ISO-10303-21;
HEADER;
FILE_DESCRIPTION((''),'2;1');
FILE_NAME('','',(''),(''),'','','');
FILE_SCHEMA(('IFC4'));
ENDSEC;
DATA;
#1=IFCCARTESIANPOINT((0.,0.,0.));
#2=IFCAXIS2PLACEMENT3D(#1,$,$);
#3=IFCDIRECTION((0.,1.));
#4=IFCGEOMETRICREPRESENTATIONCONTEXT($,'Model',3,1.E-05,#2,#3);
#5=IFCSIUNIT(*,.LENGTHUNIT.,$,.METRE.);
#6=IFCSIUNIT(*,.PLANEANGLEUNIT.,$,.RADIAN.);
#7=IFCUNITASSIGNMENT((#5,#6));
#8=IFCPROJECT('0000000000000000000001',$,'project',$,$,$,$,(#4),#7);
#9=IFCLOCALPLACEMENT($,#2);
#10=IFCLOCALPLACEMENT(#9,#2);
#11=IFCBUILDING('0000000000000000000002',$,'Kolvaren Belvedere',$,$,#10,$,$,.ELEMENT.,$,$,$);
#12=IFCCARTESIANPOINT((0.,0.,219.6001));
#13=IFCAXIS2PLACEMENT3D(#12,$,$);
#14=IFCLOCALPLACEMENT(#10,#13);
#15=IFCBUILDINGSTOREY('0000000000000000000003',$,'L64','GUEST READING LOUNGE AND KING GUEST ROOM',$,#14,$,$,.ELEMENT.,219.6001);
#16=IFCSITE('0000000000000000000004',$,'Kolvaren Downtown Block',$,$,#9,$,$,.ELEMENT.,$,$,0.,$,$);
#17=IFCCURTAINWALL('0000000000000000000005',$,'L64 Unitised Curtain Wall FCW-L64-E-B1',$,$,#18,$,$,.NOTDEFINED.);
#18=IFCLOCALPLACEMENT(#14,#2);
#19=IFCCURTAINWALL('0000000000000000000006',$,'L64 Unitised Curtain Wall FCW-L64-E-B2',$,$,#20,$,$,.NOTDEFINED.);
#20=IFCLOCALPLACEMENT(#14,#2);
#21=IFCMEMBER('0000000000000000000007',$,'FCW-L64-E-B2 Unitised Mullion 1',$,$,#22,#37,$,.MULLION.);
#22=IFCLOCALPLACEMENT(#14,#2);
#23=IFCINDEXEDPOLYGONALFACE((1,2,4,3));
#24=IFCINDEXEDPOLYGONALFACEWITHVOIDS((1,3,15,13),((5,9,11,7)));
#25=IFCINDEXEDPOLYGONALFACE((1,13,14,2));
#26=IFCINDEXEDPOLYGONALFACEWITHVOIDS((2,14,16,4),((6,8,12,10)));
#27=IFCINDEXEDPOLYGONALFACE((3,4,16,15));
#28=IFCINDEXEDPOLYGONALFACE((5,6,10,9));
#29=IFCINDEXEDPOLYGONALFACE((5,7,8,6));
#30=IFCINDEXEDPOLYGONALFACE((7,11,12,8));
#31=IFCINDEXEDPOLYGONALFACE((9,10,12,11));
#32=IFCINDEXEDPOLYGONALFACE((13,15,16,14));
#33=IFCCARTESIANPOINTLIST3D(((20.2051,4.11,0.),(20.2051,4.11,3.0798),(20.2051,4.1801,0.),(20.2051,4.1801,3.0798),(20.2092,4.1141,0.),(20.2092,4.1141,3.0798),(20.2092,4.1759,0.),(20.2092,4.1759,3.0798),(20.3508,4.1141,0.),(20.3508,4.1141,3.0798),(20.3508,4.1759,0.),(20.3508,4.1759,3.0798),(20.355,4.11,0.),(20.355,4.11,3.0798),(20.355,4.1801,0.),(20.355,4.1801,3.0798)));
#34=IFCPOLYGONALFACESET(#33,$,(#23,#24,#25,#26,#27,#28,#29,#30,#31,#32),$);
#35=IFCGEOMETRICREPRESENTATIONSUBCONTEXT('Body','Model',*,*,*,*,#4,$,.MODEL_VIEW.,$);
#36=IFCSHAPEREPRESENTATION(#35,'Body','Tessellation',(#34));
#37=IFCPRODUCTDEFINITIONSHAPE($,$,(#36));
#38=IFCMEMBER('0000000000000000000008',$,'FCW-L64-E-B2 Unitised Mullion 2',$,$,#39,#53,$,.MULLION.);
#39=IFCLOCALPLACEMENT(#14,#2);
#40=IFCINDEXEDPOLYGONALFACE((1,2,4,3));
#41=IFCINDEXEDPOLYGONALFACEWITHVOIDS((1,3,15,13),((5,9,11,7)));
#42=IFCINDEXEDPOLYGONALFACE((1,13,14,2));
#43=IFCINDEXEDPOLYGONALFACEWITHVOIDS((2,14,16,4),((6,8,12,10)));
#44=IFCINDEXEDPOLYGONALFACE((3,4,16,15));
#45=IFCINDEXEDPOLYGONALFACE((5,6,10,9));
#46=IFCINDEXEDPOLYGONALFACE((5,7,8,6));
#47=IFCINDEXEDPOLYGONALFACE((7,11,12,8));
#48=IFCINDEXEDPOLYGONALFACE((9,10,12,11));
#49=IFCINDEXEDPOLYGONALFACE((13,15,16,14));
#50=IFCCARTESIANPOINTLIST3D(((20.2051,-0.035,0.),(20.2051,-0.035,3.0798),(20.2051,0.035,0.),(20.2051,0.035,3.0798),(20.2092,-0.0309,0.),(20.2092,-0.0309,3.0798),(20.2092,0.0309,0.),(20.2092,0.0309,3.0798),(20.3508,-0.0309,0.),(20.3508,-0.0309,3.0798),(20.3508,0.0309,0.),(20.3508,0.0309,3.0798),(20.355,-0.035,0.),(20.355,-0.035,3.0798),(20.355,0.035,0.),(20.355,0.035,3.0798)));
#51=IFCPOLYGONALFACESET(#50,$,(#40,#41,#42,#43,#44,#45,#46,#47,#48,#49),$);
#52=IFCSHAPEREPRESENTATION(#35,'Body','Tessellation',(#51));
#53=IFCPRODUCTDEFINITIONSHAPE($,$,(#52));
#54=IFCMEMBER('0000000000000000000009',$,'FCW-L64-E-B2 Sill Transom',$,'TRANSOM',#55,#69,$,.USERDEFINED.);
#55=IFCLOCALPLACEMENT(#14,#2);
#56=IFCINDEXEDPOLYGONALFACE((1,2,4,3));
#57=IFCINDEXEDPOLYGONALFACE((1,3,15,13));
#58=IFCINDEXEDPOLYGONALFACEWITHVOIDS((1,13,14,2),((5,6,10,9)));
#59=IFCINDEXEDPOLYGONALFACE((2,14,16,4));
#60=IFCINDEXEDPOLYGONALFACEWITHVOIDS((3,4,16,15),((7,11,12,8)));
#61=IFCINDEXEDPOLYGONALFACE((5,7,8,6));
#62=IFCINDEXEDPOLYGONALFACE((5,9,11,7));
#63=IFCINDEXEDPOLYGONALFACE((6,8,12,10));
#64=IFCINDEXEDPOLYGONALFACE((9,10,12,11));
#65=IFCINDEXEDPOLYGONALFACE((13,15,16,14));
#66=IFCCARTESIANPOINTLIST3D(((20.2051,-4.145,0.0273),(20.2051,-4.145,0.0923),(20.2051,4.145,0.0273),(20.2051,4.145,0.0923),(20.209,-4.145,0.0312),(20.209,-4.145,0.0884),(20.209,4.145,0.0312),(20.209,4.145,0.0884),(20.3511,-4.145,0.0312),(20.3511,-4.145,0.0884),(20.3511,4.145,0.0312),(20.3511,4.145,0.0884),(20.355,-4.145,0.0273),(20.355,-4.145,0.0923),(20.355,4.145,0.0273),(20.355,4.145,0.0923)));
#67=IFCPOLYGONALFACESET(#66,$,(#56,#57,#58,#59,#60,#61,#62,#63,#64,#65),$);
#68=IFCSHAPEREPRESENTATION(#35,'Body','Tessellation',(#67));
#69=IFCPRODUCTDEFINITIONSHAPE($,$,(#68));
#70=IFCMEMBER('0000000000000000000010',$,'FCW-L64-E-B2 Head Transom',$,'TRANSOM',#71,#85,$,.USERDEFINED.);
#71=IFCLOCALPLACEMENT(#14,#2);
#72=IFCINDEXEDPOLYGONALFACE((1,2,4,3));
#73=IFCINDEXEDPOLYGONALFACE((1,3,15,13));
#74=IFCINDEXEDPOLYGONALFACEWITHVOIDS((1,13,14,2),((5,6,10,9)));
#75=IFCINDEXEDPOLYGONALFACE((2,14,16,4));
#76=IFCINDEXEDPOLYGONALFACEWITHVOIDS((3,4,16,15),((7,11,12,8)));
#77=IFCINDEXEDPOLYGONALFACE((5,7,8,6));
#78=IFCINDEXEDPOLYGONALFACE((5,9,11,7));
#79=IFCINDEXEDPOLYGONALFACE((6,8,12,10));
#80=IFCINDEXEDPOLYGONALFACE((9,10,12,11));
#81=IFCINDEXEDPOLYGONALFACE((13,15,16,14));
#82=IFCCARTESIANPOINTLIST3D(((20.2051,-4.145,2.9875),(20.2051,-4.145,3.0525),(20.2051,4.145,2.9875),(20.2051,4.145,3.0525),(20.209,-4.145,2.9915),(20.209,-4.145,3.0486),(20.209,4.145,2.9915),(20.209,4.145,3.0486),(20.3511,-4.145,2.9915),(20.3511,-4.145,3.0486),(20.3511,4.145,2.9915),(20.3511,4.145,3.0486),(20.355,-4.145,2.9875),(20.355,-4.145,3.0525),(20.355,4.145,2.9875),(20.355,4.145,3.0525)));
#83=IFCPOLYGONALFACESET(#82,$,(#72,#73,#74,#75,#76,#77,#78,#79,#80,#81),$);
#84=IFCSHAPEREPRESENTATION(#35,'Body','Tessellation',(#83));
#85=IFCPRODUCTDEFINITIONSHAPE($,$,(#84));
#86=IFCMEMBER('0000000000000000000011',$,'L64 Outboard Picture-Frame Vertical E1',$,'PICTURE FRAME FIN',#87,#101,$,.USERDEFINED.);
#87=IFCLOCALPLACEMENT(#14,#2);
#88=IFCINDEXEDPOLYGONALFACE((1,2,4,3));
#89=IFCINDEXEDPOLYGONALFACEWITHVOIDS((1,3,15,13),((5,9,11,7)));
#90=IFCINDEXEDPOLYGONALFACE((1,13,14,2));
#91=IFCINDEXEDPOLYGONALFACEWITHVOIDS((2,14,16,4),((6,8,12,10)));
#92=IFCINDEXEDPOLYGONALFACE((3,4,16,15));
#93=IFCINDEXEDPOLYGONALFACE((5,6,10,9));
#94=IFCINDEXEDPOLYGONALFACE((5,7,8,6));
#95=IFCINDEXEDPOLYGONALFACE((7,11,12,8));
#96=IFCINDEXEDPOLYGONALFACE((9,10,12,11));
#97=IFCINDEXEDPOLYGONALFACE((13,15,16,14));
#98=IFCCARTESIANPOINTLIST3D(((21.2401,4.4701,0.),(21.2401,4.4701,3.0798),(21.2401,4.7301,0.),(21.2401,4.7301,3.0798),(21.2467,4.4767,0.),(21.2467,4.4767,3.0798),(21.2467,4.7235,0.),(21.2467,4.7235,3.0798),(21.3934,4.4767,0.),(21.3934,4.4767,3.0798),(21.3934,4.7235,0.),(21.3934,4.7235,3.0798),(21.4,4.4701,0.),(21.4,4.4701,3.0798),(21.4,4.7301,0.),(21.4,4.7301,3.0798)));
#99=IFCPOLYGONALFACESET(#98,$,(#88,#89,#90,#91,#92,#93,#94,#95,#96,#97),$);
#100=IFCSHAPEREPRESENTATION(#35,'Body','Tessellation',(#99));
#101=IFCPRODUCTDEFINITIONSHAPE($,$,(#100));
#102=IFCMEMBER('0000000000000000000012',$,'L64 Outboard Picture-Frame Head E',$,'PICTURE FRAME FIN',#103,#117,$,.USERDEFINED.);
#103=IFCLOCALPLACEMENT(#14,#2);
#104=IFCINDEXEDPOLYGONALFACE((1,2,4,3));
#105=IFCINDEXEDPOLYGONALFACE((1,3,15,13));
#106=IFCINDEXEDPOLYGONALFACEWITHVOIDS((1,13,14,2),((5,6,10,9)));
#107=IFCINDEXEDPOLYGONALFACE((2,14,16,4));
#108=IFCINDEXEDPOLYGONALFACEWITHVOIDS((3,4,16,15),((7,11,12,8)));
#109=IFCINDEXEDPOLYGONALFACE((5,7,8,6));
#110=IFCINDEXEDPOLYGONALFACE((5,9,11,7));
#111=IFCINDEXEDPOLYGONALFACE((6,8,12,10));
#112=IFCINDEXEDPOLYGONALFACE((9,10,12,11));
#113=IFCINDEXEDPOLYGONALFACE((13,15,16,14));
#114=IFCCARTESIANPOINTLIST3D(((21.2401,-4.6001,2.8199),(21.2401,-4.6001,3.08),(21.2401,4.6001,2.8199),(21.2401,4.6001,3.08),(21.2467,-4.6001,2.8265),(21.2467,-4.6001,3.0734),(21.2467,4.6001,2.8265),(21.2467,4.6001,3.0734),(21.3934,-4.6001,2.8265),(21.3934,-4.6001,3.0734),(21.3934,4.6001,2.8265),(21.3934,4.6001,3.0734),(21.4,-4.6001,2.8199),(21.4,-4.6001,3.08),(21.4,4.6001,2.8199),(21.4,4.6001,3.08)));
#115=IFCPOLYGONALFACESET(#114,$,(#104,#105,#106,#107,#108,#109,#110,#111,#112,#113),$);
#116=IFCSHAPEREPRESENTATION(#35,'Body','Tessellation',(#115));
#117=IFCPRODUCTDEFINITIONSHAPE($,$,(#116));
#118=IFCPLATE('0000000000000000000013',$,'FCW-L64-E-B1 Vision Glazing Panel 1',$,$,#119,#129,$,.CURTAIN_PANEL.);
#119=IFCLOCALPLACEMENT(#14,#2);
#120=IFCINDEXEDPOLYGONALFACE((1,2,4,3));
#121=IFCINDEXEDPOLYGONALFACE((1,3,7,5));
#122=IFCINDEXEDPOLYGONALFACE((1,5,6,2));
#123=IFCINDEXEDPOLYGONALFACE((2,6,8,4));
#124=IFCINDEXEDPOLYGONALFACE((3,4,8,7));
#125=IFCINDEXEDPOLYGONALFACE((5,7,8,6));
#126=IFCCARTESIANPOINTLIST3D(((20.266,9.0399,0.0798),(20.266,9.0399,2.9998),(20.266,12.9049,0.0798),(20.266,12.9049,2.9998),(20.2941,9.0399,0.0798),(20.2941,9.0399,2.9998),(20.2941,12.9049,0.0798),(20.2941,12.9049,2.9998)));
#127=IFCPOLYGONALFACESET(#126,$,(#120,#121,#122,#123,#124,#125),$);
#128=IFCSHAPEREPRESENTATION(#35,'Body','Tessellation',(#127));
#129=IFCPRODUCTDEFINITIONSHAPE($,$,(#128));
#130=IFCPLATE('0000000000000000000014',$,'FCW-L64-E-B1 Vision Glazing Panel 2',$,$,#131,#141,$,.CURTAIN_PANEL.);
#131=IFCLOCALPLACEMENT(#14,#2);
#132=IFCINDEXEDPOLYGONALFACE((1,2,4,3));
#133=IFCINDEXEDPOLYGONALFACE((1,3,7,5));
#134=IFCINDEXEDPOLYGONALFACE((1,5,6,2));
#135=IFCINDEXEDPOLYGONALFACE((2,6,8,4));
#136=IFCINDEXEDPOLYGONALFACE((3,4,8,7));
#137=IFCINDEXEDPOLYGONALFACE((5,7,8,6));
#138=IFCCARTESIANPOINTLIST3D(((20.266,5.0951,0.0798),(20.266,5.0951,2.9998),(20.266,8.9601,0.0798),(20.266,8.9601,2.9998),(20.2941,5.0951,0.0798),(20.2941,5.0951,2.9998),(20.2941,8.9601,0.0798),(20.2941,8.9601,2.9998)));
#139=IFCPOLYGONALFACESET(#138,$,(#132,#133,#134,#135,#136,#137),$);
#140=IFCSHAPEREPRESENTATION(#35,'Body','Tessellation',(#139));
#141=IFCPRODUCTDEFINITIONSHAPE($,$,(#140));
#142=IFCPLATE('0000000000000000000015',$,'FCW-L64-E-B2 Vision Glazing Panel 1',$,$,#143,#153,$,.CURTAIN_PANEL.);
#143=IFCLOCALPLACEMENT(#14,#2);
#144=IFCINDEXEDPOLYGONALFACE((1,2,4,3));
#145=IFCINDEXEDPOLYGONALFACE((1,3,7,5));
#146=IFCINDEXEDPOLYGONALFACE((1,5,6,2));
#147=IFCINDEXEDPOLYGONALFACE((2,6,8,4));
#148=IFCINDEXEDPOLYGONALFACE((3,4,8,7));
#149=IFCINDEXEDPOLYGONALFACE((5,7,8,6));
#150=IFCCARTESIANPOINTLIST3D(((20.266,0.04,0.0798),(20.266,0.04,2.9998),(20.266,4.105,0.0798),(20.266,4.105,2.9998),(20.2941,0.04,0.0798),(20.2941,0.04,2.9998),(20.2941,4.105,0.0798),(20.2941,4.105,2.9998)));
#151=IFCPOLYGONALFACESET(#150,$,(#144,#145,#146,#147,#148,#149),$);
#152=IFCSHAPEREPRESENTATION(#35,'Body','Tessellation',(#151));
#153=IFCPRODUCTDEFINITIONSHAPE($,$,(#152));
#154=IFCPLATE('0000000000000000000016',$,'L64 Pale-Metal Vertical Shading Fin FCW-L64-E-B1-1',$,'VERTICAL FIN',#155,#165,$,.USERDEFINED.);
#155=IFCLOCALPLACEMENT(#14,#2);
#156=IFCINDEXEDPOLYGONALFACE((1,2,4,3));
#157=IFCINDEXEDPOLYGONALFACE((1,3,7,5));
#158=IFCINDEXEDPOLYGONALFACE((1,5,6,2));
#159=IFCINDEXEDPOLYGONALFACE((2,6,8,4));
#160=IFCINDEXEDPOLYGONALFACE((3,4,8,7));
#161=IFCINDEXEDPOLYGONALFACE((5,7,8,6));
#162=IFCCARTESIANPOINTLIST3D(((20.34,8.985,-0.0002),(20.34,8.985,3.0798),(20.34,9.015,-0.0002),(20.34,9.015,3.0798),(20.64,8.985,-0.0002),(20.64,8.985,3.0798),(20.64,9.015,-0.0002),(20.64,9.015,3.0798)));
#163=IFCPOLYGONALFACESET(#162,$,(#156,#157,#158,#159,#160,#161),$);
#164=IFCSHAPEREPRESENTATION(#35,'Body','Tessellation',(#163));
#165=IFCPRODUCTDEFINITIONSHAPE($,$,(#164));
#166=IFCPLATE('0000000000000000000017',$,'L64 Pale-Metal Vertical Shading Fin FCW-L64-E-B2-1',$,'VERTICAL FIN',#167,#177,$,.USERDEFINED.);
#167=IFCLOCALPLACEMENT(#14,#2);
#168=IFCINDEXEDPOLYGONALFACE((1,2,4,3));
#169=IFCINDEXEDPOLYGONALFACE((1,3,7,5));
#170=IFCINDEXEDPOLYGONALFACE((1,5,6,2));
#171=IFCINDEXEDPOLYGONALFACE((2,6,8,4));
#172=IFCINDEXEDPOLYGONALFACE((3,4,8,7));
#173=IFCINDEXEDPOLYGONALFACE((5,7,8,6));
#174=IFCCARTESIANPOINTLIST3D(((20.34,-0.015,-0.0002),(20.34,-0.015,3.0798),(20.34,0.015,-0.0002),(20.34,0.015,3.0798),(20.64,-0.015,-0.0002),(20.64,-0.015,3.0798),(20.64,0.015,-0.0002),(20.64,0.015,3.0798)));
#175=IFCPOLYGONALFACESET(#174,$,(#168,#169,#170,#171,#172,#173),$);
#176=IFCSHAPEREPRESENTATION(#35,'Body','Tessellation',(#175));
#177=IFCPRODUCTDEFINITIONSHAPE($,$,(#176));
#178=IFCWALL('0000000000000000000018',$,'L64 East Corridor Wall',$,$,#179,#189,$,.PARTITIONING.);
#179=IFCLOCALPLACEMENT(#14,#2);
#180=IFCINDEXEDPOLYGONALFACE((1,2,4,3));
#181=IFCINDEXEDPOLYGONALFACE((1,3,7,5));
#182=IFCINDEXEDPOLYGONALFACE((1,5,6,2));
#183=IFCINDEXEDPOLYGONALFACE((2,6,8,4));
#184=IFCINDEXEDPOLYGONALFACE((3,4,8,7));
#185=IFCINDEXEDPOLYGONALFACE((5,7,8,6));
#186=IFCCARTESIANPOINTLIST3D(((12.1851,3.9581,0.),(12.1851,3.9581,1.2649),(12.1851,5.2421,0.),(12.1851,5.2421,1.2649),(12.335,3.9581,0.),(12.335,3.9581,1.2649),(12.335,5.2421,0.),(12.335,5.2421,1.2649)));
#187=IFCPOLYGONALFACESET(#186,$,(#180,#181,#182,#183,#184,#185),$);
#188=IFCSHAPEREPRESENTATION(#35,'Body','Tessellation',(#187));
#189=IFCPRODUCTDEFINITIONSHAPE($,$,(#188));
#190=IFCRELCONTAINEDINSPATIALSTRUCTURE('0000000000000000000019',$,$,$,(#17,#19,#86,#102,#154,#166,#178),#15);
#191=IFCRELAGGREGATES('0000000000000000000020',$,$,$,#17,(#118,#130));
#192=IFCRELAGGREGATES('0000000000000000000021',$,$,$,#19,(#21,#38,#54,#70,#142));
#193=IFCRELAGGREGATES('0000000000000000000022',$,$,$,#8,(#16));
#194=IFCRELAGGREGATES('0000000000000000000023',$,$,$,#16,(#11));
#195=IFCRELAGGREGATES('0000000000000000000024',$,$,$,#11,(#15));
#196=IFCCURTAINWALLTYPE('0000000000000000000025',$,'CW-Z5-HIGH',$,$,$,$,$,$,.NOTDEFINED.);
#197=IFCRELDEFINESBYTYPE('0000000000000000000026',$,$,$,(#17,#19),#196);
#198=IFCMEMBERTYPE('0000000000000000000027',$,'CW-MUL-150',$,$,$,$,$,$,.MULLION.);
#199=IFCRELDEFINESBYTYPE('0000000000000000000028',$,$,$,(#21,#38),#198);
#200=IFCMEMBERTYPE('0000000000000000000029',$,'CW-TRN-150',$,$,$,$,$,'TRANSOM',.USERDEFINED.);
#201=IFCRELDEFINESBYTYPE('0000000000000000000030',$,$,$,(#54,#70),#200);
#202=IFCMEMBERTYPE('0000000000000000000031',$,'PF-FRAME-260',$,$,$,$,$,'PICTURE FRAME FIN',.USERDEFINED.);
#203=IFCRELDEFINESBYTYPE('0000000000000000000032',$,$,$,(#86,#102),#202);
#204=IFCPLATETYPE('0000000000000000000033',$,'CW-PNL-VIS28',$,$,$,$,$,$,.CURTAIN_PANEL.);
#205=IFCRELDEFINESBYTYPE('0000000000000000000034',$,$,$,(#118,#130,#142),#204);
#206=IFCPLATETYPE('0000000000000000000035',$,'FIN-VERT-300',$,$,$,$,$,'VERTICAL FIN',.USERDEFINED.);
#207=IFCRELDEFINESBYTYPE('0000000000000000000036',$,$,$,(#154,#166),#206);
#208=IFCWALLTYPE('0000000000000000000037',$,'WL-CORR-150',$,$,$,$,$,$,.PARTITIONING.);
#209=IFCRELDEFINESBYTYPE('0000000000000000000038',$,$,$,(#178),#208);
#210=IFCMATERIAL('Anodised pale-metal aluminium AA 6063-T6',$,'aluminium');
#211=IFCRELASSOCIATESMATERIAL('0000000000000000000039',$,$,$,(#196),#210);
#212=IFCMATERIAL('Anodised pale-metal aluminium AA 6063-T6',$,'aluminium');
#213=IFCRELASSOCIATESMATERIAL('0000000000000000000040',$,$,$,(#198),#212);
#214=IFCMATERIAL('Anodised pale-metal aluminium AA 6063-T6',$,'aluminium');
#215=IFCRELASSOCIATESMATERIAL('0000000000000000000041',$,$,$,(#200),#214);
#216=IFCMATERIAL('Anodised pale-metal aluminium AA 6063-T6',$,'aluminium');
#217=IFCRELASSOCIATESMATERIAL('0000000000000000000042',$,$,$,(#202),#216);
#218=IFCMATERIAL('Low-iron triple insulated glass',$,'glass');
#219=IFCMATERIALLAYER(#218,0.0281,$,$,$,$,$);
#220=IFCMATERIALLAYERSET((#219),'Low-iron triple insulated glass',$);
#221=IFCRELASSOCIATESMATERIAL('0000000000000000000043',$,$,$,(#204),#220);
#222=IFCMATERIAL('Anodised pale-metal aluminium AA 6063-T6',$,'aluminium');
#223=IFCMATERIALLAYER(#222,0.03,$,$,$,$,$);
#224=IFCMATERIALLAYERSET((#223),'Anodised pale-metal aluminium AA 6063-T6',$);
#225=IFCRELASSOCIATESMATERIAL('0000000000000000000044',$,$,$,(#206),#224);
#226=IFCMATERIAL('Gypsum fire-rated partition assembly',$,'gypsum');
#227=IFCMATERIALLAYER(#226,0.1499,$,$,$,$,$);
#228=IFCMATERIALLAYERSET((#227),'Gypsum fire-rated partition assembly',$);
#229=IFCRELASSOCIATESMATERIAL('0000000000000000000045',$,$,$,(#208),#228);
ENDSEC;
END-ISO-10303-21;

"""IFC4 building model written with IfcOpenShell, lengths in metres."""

from ifc_helpers import new_model, si_unit, direction, frame, frame_2d, origin, origin_2d, place, context, subcontext, project, spatial, rectangle, hollow_rectangle, extrude, material, layer, layer_set, material_profile, profile_set, type_object, element, aggregate, save


model = new_model("IFC4")

# Units and contexts
model_context = context("Model", 3, precision=1e-05, world=origin(), true_north=direction((0.0, 1.0)))
body_context = subcontext(model_context, "Body", "Model", "MODEL_VIEW")
ifc_project = project(units=[si_unit("LENGTHUNIT", "METRE"), si_unit("PLANEANGLEUNIT", "RADIAN")], contexts=[model_context])

# Site, building, storey
site_placement = place(None, origin())
site = spatial("IfcSite", under=ifc_project, at=site_placement, Name="Kolvaren Downtown Block", CompositionType="ELEMENT", RefElevation=0.0)
building_placement = place(site_placement, origin())
building = spatial("IfcBuilding", under=site, at=building_placement, Name="Kolvaren Belvedere", CompositionType="ELEMENT")
storey_placement = place(building_placement, frame((0.0, 0.0, 219.6001)))
storey = spatial("IfcBuildingStorey", under=building, at=storey_placement, Name="L64", Description="GUEST READING LOUNGE AND KING GUEST ROOM", CompositionType="ELEMENT", Elevation=219.6001)

# Curtain walls, members
ifc_material_1 = material(Name="Anodised pale-metal aluminium AA 6063-T6", Category="aluminium")
curtain_wall_type = type_object("IfcCurtainWallType", Name="CW-Z5-HIGH", PredefinedType="NOTDEFINED", material=ifc_material_1)
curtain_wall_1_placement = place(storey_placement, origin())
curtain_wall_1 = element("IfcCurtainWall", 1, at=curtain_wall_1_placement, inside=storey, type_object=curtain_wall_type, Name="L64 Unitised Curtain Wall FCW-L64-E-B1", PredefinedType="NOTDEFINED")
ifc_material_2 = material(Name="Anodised pale-metal aluminium AA 6063-T6", Category="aluminium")
ifc_material_profile_1 = material_profile(ifc_material_2, hollow_rectangle(XDim=0.0701, YDim=0.1499, WallThickness=0.0042, at=origin_2d()), Name="ALU-MUL-150X70")
ifc_profile_set_1 = profile_set([ifc_material_profile_1], Name="Anodised pale-metal aluminium AA 6063-T6")
member_type_1 = type_object("IfcMemberType", Name="CW-MUL-150", PredefinedType="MULLION", material=ifc_profile_set_1)
curtain_wall_2_placement = place(storey_placement, origin())
curtain_wall_2 = element("IfcCurtainWall", 2, at=curtain_wall_2_placement, inside=storey, type_object=curtain_wall_type, Name="L64 Unitised Curtain Wall FCW-L64-E-B2", PredefinedType="NOTDEFINED")
member_1_placement = place(storey_placement, frame((20.28, 4.145, 0.0), z_axis=(0.0, 0.0, 1.0), x_axis=(0.0, 1.0, 0.0)))
member_1 = element("IfcMember", 3, at=member_1_placement, type_object=member_type_1, Name="FCW-L64-E-B2 Unitised Mullion 1", PredefinedType="MULLION", context=body_context, shape_type="SweptSolid", body=[
    extrude(hollow_rectangle(XDim=0.0701, YDim=0.1499, WallThickness=0.0042, at=origin_2d()), origin(), (0.0, 0.0, 1.0), 3.0798),
])
member_2_placement = place(storey_placement, frame((20.28, 0.0, 0.0), z_axis=(0.0, 0.0, 1.0), x_axis=(0.0, 1.0, 0.0)))
member_2 = element("IfcMember", 4, at=member_2_placement, type_object=member_type_1, Name="FCW-L64-E-B2 Unitised Mullion 2", PredefinedType="MULLION", context=body_context, shape_type="SweptSolid", body=[
    extrude(hollow_rectangle(XDim=0.0701, YDim=0.1499, WallThickness=0.0042, at=origin_2d()), origin(), (0.0, 0.0, 1.0), 3.0798),
])
ifc_material_3 = material(Name="Anodised pale-metal aluminium AA 6063-T6", Category="aluminium")
ifc_material_profile_2 = material_profile(ifc_material_3, hollow_rectangle(XDim=0.0649, YDim=0.1499, WallThickness=0.0039, at=origin_2d()), Name="ALU-TRN-150X65")
ifc_profile_set_2 = profile_set([ifc_material_profile_2], Name="Anodised pale-metal aluminium AA 6063-T6")
member_type_2 = type_object("IfcMemberType", Name="CW-TRN-150", ElementType="TRANSOM", PredefinedType="USERDEFINED", material=ifc_profile_set_2)
member_3_placement = place(storey_placement, frame((20.28, 4.145, 0.0598), z_axis=(0.0, -1.0, 0.0), x_axis=(0.0, 0.0, 1.0)))
member_3 = element("IfcMember", 5, at=member_3_placement, type_object=member_type_2, Name="FCW-L64-E-B2 Sill Transom", ObjectType="TRANSOM", PredefinedType="USERDEFINED", context=body_context, shape_type="SweptSolid", body=[
    extrude(hollow_rectangle(XDim=0.0649, YDim=0.1499, WallThickness=0.0039, at=origin_2d()), origin(), (0.0, 0.0, 1.0), 8.29),
])
member_4_placement = place(storey_placement, frame((20.28, 4.145, 3.02), z_axis=(0.0, -1.0, 0.0), x_axis=(0.0, 0.0, 1.0)))
member_4 = element("IfcMember", 6, at=member_4_placement, type_object=member_type_2, Name="FCW-L64-E-B2 Head Transom", ObjectType="TRANSOM", PredefinedType="USERDEFINED", context=body_context, shape_type="SweptSolid", body=[
    extrude(hollow_rectangle(XDim=0.0649, YDim=0.1499, WallThickness=0.0039, at=origin_2d()), origin(), (0.0, 0.0, 1.0), 8.29),
])

# Members
ifc_material_4 = material(Name="Anodised pale-metal aluminium AA 6063-T6", Category="aluminium")
ifc_material_profile_3 = material_profile(ifc_material_4, hollow_rectangle(XDim=0.1599, YDim=0.26, WallThickness=0.0066, at=origin_2d()), Name="ALU-PF-260X160")
ifc_profile_set_3 = profile_set([ifc_material_profile_3], Name="Anodised pale-metal aluminium AA 6063-T6")
member_type_3 = type_object("IfcMemberType", Name="PF-FRAME-260", ElementType="PICTURE FRAME FIN", PredefinedType="USERDEFINED", material=ifc_profile_set_3)
member_5_placement = place(storey_placement, frame((21.3201, 4.6001, 0.0), z_axis=(0.0, 0.0, 1.0), x_axis=(1.0, 0.0, 0.0)))
element("IfcMember", 7, at=member_5_placement, inside=storey, type_object=member_type_3, Name="L64 Outboard Picture-Frame Vertical E1", ObjectType="PICTURE FRAME FIN", PredefinedType="USERDEFINED", context=body_context, shape_type="SweptSolid", body=[
    extrude(hollow_rectangle(XDim=0.1599, YDim=0.26, WallThickness=0.0066, at=origin_2d()), origin(), (0.0, 0.0, 1.0), 3.0798),
])
member_6_placement = place(storey_placement, frame((21.3201, 4.6001, 2.95), z_axis=(0.0, -1.0, 0.0), x_axis=(1.0, 0.0, 0.0)))
element("IfcMember", 8, at=member_6_placement, inside=storey, type_object=member_type_3, Name="L64 Outboard Picture-Frame Head E", ObjectType="PICTURE FRAME FIN", PredefinedType="USERDEFINED", context=body_context, shape_type="SweptSolid", body=[
    extrude(hollow_rectangle(XDim=0.1599, YDim=0.26, WallThickness=0.0066, at=origin_2d()), origin(), (0.0, 0.0, 1.0), 9.2002),
])

# Plates
ifc_material_5 = material(Name="Low-iron triple insulated glass", Category="glass")
ifc_layer_1 = layer(ifc_material_5, 0.0281)
ifc_layer_set_1 = layer_set([ifc_layer_1], Name="Low-iron triple insulated glass")
plate_type_1 = type_object("IfcPlateType", Name="CW-PNL-VIS28", PredefinedType="CURTAIN_PANEL", material=ifc_layer_set_1)
plate_1_placement = place(storey_placement, frame((20.28, 10.9724, 0.0798), z_axis=(0.0, 0.0, 1.0), x_axis=(0.0, -1.0, 0.0)))
plate_1 = element("IfcPlate", 9, at=plate_1_placement, type_object=plate_type_1, Name="FCW-L64-E-B1 Vision Glazing Panel 1", PredefinedType="CURTAIN_PANEL", context=body_context, shape_type="SweptSolid", body=[
    extrude(rectangle(XDim=3.865, YDim=0.0281, at=origin_2d()), origin(), (0.0, 0.0, 1.0), 2.9199),
])
plate_2_placement = place(storey_placement, frame((20.28, 7.0276, 0.0798), z_axis=(0.0, 0.0, 1.0), x_axis=(0.0, -1.0, 0.0)))
plate_2 = element("IfcPlate", 10, at=plate_2_placement, type_object=plate_type_1, Name="FCW-L64-E-B1 Vision Glazing Panel 2", PredefinedType="CURTAIN_PANEL", context=body_context, shape_type="SweptSolid", body=[
    extrude(rectangle(XDim=3.865, YDim=0.0281, at=origin_2d()), origin(), (0.0, 0.0, 1.0), 2.9199),
])
aggregate(curtain_wall_1, [plate_1, plate_2])
plate_3_placement = place(storey_placement, frame((20.28, 2.0725, 0.0798), z_axis=(0.0, 0.0, 1.0), x_axis=(0.0, -1.0, 0.0)))
plate_3 = element("IfcPlate", 11, at=plate_3_placement, type_object=plate_type_1, Name="FCW-L64-E-B2 Vision Glazing Panel 1", PredefinedType="CURTAIN_PANEL", context=body_context, shape_type="SweptSolid", body=[
    extrude(rectangle(XDim=4.0649, YDim=0.0281, at=origin_2d()), origin(), (0.0, 0.0, 1.0), 2.9199),
])
aggregate(curtain_wall_2, [member_1, member_2, member_3, member_4, plate_3])

# Plates
ifc_material_6 = material(Name="Anodised pale-metal aluminium AA 6063-T6", Category="aluminium")
ifc_layer_2 = layer(ifc_material_6, 0.03)
ifc_layer_set_2 = layer_set([ifc_layer_2], Name="Anodised pale-metal aluminium AA 6063-T6")
plate_type_2 = type_object("IfcPlateType", Name="FIN-VERT-300", ElementType="VERTICAL FIN", PredefinedType="USERDEFINED", material=ifc_layer_set_2)
for number, where, z_axis, x_axis, name in (
    (12, (20.49, 9.0, -0.0002), (0.0, 0.0, 1.0), (1.0, 0.0, 0.0), "L64 Pale-Metal Vertical Shading Fin FCW-L64-E-B1-1"),
    (13, (20.49, 0.0, -0.0002), (0.0, 0.0, 1.0), (1.0, 0.0, 0.0), "L64 Pale-Metal Vertical Shading Fin FCW-L64-E-B2-1"),
):
    element("IfcPlate", number, at=place(storey_placement, frame(where, z_axis=z_axis, x_axis=x_axis)), inside=storey, type_object=plate_type_2, Name=name, ObjectType="VERTICAL FIN", PredefinedType="USERDEFINED", context=body_context, shape_type="SweptSolid", body=[
        extrude(rectangle(XDim=0.3, YDim=0.03, at=origin_2d()), origin(), (0.0, 0.0, 1.0), 3.0801),
    ])

# Wall
ifc_material_7 = material(Name="Gypsum fire-rated partition assembly", Category="gypsum")
ifc_layer_3 = layer(ifc_material_7, 0.1499)
ifc_layer_set_3 = layer_set([ifc_layer_3], Name="Gypsum fire-rated partition assembly")
wall_type_1 = type_object("IfcWallType", Name="WL-CORR-150", PredefinedType="PARTITIONING", material=ifc_layer_set_3)
wall_1_placement = place(storey_placement, frame((12.26, 3.958, 0.0), z_axis=(0.0, 0.0, 1.0), x_axis=(0.0, 1.0, 0.0)))
element("IfcWall", 14, at=wall_1_placement, inside=storey, type_object=wall_type_1, Name="L64 East Corridor Wall", PredefinedType="PARTITIONING", context=body_context, shape_type="SweptSolid", body=[
    extrude(rectangle(XDim=1.2839, YDim=0.1499, at=frame_2d((0.6421, 0.0))), origin(), (0.0, 0.0, 1.0), 1.2649),
])

save(model, "model.ifc")
